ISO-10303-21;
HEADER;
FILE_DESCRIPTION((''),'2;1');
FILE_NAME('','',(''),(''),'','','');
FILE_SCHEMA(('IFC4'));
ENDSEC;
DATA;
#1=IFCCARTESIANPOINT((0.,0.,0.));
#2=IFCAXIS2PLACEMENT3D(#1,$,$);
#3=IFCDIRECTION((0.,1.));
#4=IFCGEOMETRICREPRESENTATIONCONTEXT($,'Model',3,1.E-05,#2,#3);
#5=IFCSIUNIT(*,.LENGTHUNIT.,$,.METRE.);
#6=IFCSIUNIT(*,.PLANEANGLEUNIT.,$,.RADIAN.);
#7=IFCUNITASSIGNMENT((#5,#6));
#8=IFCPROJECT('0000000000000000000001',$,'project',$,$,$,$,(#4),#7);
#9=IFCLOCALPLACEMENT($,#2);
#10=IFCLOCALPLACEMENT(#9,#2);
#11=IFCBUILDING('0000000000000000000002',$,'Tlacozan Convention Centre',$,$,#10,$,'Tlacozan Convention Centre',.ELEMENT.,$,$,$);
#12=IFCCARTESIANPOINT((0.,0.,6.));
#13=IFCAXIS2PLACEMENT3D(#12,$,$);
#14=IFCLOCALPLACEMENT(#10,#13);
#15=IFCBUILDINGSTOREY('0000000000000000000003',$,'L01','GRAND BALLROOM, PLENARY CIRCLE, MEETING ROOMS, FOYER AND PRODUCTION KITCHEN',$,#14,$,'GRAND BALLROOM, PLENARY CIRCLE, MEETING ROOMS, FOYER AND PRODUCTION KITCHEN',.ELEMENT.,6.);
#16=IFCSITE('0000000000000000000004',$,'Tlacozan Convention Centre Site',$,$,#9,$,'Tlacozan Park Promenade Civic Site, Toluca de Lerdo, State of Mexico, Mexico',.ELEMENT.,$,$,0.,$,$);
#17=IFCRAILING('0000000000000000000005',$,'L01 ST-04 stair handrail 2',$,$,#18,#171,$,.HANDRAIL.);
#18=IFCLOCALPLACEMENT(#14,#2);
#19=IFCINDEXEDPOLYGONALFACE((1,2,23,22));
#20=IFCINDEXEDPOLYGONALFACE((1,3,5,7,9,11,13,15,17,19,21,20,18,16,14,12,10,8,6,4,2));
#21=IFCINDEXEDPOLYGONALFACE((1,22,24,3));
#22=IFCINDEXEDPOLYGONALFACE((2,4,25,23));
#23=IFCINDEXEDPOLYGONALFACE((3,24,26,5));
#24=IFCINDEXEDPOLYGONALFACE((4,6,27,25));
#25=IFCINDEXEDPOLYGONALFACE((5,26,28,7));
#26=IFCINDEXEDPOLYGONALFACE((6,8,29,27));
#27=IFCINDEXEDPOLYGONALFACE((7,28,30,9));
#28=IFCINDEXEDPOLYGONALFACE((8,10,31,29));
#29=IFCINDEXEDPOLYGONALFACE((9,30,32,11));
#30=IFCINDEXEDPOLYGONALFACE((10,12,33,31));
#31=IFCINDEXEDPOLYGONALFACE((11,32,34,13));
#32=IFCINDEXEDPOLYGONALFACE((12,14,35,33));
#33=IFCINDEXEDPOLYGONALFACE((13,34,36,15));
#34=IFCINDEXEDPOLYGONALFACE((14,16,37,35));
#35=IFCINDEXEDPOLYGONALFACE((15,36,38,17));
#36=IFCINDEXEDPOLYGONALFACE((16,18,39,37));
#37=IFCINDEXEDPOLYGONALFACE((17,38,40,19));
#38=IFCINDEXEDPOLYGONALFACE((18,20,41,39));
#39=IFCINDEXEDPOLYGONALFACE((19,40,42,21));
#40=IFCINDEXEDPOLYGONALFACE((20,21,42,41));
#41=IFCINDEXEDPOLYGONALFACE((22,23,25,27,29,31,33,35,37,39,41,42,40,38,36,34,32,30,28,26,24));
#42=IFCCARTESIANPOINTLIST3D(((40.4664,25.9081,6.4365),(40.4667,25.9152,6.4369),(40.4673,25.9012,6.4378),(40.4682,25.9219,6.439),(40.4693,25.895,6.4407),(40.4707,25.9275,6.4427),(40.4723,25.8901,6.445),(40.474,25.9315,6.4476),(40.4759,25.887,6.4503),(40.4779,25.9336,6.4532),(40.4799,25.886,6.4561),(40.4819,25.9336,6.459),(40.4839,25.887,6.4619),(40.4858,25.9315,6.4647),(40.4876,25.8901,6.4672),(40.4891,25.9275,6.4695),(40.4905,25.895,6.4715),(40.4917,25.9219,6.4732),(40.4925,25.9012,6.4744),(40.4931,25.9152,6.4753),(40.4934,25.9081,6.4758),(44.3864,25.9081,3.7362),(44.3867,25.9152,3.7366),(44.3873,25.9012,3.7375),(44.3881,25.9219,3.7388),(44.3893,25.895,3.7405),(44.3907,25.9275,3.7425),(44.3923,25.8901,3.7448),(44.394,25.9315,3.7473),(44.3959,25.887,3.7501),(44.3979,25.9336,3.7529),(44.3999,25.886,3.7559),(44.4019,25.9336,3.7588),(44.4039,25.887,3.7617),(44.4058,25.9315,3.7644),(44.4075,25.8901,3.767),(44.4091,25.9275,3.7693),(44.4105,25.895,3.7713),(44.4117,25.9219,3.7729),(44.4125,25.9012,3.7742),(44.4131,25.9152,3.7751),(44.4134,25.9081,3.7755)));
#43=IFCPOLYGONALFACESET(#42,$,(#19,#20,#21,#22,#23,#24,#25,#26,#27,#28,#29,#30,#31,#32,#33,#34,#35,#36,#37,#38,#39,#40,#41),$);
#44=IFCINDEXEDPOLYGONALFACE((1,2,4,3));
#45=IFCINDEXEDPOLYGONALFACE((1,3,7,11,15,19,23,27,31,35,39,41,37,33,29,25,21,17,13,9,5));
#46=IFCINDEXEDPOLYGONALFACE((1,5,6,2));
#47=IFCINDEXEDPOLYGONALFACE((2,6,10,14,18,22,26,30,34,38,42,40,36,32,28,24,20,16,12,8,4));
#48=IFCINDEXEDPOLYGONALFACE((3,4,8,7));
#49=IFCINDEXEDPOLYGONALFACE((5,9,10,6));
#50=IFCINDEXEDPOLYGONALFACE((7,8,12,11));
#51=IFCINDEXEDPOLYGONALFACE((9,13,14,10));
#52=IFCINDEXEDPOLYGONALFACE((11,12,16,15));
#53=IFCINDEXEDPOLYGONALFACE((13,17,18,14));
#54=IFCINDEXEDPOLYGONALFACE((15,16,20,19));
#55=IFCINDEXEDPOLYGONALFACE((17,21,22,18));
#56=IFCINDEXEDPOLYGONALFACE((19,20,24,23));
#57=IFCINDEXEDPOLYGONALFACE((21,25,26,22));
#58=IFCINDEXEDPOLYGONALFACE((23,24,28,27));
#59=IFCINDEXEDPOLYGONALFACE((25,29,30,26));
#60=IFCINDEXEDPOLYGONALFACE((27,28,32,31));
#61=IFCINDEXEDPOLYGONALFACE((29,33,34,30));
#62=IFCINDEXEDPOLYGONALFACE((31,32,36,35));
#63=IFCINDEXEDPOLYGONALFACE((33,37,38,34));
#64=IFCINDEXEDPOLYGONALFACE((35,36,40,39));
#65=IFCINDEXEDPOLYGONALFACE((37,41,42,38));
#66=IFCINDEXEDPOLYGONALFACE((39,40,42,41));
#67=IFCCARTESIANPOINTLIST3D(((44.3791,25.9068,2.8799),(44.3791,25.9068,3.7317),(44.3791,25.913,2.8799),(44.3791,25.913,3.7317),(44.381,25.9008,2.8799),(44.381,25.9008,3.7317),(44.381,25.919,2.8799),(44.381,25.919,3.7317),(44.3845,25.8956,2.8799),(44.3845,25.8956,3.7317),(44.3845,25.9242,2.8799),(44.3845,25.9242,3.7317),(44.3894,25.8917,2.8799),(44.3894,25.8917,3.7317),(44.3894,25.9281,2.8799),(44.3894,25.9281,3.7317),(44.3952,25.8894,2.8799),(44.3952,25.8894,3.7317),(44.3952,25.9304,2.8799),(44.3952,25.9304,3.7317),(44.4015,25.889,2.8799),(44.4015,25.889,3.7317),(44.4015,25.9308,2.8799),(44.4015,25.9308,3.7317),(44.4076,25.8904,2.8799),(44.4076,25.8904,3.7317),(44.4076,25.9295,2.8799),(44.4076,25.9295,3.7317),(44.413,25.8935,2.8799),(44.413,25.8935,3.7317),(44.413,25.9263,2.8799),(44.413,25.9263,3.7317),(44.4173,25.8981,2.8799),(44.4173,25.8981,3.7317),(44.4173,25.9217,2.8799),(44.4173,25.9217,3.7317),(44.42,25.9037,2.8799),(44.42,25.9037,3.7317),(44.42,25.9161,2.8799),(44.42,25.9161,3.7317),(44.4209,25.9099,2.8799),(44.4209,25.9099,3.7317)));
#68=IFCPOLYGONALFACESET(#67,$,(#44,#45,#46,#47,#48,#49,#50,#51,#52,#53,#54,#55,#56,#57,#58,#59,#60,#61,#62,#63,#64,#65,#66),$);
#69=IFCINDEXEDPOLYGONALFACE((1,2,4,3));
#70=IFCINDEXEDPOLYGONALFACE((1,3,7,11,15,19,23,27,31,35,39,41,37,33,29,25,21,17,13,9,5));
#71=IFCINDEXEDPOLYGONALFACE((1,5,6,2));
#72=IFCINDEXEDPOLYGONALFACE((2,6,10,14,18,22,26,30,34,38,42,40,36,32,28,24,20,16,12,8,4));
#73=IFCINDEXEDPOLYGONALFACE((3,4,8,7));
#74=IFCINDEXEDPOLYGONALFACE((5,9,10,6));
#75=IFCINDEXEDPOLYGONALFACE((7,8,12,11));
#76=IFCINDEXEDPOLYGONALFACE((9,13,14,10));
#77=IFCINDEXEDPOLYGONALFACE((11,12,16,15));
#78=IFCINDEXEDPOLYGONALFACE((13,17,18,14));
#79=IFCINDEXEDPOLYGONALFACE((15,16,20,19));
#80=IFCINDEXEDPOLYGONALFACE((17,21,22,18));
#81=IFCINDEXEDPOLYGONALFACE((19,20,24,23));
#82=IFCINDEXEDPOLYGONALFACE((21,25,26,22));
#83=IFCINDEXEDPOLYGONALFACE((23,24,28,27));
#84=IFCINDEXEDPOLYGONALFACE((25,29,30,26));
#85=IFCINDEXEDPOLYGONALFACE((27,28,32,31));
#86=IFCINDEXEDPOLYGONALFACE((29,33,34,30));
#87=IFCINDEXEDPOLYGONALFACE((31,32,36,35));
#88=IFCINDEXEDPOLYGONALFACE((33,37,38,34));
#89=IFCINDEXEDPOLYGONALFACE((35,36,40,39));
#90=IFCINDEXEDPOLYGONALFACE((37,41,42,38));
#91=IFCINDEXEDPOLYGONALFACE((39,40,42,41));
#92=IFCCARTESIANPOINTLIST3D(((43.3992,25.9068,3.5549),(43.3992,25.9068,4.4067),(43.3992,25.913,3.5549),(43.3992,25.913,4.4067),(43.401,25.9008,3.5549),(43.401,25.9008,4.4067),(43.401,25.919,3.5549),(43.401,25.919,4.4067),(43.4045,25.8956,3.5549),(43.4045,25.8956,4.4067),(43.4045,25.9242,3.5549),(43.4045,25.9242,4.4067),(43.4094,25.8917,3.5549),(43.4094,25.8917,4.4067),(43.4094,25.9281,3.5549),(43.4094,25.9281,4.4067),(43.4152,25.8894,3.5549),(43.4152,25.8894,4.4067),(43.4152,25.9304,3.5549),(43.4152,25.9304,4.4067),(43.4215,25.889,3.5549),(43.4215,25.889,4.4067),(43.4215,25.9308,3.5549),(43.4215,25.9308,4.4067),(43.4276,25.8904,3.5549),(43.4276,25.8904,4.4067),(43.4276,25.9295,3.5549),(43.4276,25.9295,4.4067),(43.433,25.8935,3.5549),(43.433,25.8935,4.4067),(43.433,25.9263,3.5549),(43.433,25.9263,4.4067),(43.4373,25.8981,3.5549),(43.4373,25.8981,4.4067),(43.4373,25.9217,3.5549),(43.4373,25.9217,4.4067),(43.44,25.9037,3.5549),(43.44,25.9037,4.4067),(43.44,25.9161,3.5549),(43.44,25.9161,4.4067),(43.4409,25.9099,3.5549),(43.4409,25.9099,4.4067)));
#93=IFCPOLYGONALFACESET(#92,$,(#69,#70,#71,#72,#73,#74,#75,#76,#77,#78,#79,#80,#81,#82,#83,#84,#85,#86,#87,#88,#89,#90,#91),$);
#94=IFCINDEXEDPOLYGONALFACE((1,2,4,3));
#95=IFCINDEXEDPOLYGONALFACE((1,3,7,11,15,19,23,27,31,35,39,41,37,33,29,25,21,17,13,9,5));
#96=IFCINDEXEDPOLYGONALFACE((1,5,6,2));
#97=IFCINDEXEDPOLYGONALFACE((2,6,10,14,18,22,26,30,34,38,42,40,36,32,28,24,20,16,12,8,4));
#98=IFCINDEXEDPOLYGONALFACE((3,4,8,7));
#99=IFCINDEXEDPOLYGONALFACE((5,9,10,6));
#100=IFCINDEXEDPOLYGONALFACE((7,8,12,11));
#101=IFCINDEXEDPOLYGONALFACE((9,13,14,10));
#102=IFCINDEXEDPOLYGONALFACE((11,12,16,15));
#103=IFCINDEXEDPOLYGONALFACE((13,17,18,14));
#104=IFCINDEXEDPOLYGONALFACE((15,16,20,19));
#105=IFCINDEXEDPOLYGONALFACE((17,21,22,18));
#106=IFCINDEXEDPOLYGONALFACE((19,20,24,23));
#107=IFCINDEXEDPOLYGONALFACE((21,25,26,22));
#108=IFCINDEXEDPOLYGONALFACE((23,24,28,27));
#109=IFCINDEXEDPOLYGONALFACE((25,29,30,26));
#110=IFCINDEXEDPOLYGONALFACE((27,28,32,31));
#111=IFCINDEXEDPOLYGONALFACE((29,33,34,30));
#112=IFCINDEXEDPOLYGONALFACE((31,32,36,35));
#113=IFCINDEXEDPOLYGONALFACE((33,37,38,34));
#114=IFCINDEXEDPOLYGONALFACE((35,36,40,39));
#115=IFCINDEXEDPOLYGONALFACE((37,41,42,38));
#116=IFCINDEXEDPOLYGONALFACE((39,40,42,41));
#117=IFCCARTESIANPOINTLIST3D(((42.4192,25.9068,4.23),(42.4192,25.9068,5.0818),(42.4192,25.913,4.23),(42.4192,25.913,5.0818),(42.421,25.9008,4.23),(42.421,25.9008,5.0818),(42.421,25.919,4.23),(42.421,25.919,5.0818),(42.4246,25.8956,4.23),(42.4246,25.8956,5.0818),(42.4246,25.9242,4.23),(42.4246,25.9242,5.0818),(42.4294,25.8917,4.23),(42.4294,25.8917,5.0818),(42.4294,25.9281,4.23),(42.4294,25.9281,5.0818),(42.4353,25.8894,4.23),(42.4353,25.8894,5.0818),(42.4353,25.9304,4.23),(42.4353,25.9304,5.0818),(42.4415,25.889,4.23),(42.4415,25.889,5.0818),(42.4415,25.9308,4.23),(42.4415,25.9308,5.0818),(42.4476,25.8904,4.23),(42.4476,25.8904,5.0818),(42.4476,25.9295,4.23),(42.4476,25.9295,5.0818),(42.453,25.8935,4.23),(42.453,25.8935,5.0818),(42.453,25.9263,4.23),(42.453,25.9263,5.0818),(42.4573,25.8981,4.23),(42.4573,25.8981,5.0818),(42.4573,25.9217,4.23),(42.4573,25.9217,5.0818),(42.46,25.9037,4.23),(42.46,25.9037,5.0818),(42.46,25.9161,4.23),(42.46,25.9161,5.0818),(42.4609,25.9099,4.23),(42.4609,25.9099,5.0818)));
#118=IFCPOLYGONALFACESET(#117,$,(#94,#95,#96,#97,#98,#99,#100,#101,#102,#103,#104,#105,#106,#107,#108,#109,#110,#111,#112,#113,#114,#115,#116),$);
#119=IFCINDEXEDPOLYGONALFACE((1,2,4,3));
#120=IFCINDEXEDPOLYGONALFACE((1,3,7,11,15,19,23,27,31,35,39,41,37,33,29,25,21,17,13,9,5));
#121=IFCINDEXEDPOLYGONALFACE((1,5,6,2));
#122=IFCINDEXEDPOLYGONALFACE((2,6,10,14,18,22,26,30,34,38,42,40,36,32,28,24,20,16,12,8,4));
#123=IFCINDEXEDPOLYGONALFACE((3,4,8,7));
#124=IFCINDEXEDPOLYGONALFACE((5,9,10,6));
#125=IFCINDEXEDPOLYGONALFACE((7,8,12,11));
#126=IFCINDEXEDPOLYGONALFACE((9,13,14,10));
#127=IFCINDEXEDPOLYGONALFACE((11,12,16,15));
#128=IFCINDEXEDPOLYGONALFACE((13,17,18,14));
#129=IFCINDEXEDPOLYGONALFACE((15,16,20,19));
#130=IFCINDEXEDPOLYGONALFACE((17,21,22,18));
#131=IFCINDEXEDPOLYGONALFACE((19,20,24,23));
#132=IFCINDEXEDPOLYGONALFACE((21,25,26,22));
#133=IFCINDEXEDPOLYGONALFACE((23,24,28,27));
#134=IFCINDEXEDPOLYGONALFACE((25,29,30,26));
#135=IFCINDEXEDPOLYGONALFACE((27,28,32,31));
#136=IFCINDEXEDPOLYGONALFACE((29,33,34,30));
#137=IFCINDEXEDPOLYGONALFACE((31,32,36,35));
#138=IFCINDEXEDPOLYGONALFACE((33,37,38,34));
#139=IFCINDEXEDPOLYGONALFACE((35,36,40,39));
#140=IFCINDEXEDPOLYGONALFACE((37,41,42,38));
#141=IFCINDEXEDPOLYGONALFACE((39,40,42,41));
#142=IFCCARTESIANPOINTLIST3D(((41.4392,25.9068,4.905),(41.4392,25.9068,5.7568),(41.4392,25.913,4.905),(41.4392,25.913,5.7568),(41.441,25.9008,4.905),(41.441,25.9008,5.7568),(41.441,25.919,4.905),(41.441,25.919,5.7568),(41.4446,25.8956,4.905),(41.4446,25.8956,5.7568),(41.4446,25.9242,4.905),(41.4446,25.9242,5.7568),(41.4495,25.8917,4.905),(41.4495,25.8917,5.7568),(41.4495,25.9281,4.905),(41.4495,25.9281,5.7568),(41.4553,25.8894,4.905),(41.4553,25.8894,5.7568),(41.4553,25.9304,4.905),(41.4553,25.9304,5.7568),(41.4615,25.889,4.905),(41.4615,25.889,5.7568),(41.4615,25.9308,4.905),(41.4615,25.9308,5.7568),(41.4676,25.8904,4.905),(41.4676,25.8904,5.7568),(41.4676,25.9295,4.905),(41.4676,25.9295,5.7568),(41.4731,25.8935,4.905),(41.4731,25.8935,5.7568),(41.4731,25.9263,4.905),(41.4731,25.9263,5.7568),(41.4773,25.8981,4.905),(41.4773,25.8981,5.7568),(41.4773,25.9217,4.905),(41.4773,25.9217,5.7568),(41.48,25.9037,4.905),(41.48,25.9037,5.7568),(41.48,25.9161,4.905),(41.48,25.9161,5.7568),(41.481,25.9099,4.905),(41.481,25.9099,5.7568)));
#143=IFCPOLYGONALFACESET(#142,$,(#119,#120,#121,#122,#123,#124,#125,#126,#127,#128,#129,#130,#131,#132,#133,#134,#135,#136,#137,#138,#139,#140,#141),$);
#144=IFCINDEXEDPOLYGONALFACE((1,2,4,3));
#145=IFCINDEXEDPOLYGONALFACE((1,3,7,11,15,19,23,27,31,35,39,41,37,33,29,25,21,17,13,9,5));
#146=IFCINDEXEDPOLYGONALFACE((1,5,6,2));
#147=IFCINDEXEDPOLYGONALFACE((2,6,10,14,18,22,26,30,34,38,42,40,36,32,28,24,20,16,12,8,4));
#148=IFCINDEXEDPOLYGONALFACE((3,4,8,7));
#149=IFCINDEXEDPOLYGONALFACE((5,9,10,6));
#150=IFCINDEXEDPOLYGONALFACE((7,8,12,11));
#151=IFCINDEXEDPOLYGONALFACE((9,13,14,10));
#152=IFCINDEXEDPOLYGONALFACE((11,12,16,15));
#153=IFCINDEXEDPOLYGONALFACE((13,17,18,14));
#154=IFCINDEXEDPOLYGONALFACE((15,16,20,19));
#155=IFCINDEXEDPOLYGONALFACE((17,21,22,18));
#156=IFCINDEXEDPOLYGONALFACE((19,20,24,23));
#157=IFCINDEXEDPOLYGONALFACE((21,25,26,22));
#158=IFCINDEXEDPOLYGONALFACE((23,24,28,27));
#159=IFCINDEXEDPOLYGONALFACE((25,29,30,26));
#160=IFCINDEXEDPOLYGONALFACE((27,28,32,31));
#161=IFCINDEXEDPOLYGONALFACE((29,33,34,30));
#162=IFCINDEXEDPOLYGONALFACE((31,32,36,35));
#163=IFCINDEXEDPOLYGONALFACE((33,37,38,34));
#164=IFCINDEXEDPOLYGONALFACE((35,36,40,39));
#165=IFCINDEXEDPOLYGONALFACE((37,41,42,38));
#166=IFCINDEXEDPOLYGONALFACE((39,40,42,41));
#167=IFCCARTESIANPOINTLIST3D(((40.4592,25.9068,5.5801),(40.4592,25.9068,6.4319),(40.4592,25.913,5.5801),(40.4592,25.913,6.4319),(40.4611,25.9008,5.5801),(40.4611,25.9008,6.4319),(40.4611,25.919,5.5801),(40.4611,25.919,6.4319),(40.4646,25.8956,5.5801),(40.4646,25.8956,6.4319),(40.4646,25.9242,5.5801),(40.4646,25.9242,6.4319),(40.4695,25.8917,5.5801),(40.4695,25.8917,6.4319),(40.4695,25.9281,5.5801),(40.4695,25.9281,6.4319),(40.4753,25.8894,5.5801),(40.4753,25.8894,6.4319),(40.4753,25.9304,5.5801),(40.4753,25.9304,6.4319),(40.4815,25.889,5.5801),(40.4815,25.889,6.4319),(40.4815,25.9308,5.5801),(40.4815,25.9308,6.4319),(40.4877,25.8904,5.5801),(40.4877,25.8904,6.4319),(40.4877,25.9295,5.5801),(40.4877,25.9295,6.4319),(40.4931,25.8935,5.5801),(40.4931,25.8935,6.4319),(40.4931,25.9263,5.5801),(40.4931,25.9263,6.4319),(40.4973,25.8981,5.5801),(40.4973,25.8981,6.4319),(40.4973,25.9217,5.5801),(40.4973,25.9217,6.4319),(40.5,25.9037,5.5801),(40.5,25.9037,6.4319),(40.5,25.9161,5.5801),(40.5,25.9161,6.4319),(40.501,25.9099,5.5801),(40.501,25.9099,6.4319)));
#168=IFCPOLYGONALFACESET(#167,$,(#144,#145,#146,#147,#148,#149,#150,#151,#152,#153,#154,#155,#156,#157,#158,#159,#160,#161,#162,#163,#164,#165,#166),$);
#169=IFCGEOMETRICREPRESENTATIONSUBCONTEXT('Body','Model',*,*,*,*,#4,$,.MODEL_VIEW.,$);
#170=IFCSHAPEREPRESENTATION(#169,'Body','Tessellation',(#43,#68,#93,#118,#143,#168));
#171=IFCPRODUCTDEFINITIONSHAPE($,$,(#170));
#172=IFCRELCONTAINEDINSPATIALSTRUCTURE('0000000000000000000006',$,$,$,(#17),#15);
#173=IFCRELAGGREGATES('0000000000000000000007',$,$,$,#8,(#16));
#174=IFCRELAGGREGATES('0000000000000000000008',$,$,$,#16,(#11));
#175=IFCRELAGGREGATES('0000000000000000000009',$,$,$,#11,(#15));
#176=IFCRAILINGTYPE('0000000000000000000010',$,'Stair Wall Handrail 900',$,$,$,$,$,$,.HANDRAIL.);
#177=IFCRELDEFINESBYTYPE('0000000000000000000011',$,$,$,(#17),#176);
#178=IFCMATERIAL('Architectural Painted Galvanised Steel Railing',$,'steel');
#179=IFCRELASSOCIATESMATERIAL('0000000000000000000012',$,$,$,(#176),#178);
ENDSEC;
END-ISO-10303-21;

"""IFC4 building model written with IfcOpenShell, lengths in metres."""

from ifc_helpers import new_model, si_unit, direction, frame, origin, origin_2d, place, context, subcontext, project, spatial, circle, extrude, material, type_object, element, save


model = new_model("IFC4")

# Units and contexts
model_context = context("Model", 3, precision=1e-05, world=origin(), true_north=direction((0.0, 1.0)))
body_context = subcontext(model_context, "Body", "Model", "MODEL_VIEW")
ifc_project = project(units=[si_unit("LENGTHUNIT", "METRE"), si_unit("PLANEANGLEUNIT", "RADIAN")], contexts=[model_context])

# Site, building, storey
site_placement = place(None, origin())
site = spatial("IfcSite", under=ifc_project, at=site_placement, Name="Tlacozan Convention Centre Site", LongName="Tlacozan Park Promenade Civic Site, Toluca de Lerdo, State of Mexico, Mexico", CompositionType="ELEMENT", RefElevation=0.0)
building_placement = place(site_placement, origin())
building = spatial("IfcBuilding", under=site, at=building_placement, Name="Tlacozan Convention Centre", LongName="Tlacozan Convention Centre", CompositionType="ELEMENT")
storey_placement = place(building_placement, frame((0.0, 0.0, 6.0)))
storey = spatial("IfcBuildingStorey", under=building, at=storey_placement, Name="L01", Description="GRAND BALLROOM, PLENARY CIRCLE, MEETING ROOMS, FOYER AND PRODUCTION KITCHEN", LongName="GRAND BALLROOM, PLENARY CIRCLE, MEETING ROOMS, FOYER AND PRODUCTION KITCHEN", CompositionType="ELEMENT", Elevation=6.0)

# Railing
ifc_material_1 = material(Name="Architectural Painted Galvanised Steel Railing", Category="steel")
railing_type_1 = type_object("IfcRailingType", Name="Stair Wall Handrail 900", PredefinedType="HANDRAIL", material=ifc_material_1)
railing_1_placement = place(storey_placement, frame((44.3999, 25.9099, 2.8799)))
element("IfcRailing", 1, at=railing_1_placement, inside=storey, type_object=railing_type_1, Name="L01 ST-04 stair handrail 2", PredefinedType="HANDRAIL", context=body_context, shape_type="SweptSolid", body=[
    extrude(circle(Radius=0.0239, at=origin_2d()), frame((0.0, 0.0, 0.876), z_axis=(-0.823527, 0.0, 0.567277), x_axis=(0.0, -1.0, 0.0)), (0.0, 0.0, 1.0), 4.76),
    extrude(circle(Radius=0.021, at=origin_2d()), origin(), (0.0, 0.0, 1.0), 0.8518),
    extrude(circle(Radius=0.021, at=origin_2d()), frame((-0.98, 0.0, 0.675)), (0.0, 0.0, 1.0), 0.8518),
    extrude(circle(Radius=0.021, at=origin_2d()), frame((-1.96, 0.0, 1.3501)), (0.0, 0.0, 1.0), 0.8518),
    extrude(circle(Radius=0.021, at=origin_2d()), frame((-2.9399, 0.0, 2.0251)), (0.0, 0.0, 1.0), 0.8518),
    extrude(circle(Radius=0.021, at=origin_2d()), frame((-3.9199, 0.0, 2.7002)), (0.0, 0.0, 1.0), 0.8518),
])

save(model, "model.ifc")
